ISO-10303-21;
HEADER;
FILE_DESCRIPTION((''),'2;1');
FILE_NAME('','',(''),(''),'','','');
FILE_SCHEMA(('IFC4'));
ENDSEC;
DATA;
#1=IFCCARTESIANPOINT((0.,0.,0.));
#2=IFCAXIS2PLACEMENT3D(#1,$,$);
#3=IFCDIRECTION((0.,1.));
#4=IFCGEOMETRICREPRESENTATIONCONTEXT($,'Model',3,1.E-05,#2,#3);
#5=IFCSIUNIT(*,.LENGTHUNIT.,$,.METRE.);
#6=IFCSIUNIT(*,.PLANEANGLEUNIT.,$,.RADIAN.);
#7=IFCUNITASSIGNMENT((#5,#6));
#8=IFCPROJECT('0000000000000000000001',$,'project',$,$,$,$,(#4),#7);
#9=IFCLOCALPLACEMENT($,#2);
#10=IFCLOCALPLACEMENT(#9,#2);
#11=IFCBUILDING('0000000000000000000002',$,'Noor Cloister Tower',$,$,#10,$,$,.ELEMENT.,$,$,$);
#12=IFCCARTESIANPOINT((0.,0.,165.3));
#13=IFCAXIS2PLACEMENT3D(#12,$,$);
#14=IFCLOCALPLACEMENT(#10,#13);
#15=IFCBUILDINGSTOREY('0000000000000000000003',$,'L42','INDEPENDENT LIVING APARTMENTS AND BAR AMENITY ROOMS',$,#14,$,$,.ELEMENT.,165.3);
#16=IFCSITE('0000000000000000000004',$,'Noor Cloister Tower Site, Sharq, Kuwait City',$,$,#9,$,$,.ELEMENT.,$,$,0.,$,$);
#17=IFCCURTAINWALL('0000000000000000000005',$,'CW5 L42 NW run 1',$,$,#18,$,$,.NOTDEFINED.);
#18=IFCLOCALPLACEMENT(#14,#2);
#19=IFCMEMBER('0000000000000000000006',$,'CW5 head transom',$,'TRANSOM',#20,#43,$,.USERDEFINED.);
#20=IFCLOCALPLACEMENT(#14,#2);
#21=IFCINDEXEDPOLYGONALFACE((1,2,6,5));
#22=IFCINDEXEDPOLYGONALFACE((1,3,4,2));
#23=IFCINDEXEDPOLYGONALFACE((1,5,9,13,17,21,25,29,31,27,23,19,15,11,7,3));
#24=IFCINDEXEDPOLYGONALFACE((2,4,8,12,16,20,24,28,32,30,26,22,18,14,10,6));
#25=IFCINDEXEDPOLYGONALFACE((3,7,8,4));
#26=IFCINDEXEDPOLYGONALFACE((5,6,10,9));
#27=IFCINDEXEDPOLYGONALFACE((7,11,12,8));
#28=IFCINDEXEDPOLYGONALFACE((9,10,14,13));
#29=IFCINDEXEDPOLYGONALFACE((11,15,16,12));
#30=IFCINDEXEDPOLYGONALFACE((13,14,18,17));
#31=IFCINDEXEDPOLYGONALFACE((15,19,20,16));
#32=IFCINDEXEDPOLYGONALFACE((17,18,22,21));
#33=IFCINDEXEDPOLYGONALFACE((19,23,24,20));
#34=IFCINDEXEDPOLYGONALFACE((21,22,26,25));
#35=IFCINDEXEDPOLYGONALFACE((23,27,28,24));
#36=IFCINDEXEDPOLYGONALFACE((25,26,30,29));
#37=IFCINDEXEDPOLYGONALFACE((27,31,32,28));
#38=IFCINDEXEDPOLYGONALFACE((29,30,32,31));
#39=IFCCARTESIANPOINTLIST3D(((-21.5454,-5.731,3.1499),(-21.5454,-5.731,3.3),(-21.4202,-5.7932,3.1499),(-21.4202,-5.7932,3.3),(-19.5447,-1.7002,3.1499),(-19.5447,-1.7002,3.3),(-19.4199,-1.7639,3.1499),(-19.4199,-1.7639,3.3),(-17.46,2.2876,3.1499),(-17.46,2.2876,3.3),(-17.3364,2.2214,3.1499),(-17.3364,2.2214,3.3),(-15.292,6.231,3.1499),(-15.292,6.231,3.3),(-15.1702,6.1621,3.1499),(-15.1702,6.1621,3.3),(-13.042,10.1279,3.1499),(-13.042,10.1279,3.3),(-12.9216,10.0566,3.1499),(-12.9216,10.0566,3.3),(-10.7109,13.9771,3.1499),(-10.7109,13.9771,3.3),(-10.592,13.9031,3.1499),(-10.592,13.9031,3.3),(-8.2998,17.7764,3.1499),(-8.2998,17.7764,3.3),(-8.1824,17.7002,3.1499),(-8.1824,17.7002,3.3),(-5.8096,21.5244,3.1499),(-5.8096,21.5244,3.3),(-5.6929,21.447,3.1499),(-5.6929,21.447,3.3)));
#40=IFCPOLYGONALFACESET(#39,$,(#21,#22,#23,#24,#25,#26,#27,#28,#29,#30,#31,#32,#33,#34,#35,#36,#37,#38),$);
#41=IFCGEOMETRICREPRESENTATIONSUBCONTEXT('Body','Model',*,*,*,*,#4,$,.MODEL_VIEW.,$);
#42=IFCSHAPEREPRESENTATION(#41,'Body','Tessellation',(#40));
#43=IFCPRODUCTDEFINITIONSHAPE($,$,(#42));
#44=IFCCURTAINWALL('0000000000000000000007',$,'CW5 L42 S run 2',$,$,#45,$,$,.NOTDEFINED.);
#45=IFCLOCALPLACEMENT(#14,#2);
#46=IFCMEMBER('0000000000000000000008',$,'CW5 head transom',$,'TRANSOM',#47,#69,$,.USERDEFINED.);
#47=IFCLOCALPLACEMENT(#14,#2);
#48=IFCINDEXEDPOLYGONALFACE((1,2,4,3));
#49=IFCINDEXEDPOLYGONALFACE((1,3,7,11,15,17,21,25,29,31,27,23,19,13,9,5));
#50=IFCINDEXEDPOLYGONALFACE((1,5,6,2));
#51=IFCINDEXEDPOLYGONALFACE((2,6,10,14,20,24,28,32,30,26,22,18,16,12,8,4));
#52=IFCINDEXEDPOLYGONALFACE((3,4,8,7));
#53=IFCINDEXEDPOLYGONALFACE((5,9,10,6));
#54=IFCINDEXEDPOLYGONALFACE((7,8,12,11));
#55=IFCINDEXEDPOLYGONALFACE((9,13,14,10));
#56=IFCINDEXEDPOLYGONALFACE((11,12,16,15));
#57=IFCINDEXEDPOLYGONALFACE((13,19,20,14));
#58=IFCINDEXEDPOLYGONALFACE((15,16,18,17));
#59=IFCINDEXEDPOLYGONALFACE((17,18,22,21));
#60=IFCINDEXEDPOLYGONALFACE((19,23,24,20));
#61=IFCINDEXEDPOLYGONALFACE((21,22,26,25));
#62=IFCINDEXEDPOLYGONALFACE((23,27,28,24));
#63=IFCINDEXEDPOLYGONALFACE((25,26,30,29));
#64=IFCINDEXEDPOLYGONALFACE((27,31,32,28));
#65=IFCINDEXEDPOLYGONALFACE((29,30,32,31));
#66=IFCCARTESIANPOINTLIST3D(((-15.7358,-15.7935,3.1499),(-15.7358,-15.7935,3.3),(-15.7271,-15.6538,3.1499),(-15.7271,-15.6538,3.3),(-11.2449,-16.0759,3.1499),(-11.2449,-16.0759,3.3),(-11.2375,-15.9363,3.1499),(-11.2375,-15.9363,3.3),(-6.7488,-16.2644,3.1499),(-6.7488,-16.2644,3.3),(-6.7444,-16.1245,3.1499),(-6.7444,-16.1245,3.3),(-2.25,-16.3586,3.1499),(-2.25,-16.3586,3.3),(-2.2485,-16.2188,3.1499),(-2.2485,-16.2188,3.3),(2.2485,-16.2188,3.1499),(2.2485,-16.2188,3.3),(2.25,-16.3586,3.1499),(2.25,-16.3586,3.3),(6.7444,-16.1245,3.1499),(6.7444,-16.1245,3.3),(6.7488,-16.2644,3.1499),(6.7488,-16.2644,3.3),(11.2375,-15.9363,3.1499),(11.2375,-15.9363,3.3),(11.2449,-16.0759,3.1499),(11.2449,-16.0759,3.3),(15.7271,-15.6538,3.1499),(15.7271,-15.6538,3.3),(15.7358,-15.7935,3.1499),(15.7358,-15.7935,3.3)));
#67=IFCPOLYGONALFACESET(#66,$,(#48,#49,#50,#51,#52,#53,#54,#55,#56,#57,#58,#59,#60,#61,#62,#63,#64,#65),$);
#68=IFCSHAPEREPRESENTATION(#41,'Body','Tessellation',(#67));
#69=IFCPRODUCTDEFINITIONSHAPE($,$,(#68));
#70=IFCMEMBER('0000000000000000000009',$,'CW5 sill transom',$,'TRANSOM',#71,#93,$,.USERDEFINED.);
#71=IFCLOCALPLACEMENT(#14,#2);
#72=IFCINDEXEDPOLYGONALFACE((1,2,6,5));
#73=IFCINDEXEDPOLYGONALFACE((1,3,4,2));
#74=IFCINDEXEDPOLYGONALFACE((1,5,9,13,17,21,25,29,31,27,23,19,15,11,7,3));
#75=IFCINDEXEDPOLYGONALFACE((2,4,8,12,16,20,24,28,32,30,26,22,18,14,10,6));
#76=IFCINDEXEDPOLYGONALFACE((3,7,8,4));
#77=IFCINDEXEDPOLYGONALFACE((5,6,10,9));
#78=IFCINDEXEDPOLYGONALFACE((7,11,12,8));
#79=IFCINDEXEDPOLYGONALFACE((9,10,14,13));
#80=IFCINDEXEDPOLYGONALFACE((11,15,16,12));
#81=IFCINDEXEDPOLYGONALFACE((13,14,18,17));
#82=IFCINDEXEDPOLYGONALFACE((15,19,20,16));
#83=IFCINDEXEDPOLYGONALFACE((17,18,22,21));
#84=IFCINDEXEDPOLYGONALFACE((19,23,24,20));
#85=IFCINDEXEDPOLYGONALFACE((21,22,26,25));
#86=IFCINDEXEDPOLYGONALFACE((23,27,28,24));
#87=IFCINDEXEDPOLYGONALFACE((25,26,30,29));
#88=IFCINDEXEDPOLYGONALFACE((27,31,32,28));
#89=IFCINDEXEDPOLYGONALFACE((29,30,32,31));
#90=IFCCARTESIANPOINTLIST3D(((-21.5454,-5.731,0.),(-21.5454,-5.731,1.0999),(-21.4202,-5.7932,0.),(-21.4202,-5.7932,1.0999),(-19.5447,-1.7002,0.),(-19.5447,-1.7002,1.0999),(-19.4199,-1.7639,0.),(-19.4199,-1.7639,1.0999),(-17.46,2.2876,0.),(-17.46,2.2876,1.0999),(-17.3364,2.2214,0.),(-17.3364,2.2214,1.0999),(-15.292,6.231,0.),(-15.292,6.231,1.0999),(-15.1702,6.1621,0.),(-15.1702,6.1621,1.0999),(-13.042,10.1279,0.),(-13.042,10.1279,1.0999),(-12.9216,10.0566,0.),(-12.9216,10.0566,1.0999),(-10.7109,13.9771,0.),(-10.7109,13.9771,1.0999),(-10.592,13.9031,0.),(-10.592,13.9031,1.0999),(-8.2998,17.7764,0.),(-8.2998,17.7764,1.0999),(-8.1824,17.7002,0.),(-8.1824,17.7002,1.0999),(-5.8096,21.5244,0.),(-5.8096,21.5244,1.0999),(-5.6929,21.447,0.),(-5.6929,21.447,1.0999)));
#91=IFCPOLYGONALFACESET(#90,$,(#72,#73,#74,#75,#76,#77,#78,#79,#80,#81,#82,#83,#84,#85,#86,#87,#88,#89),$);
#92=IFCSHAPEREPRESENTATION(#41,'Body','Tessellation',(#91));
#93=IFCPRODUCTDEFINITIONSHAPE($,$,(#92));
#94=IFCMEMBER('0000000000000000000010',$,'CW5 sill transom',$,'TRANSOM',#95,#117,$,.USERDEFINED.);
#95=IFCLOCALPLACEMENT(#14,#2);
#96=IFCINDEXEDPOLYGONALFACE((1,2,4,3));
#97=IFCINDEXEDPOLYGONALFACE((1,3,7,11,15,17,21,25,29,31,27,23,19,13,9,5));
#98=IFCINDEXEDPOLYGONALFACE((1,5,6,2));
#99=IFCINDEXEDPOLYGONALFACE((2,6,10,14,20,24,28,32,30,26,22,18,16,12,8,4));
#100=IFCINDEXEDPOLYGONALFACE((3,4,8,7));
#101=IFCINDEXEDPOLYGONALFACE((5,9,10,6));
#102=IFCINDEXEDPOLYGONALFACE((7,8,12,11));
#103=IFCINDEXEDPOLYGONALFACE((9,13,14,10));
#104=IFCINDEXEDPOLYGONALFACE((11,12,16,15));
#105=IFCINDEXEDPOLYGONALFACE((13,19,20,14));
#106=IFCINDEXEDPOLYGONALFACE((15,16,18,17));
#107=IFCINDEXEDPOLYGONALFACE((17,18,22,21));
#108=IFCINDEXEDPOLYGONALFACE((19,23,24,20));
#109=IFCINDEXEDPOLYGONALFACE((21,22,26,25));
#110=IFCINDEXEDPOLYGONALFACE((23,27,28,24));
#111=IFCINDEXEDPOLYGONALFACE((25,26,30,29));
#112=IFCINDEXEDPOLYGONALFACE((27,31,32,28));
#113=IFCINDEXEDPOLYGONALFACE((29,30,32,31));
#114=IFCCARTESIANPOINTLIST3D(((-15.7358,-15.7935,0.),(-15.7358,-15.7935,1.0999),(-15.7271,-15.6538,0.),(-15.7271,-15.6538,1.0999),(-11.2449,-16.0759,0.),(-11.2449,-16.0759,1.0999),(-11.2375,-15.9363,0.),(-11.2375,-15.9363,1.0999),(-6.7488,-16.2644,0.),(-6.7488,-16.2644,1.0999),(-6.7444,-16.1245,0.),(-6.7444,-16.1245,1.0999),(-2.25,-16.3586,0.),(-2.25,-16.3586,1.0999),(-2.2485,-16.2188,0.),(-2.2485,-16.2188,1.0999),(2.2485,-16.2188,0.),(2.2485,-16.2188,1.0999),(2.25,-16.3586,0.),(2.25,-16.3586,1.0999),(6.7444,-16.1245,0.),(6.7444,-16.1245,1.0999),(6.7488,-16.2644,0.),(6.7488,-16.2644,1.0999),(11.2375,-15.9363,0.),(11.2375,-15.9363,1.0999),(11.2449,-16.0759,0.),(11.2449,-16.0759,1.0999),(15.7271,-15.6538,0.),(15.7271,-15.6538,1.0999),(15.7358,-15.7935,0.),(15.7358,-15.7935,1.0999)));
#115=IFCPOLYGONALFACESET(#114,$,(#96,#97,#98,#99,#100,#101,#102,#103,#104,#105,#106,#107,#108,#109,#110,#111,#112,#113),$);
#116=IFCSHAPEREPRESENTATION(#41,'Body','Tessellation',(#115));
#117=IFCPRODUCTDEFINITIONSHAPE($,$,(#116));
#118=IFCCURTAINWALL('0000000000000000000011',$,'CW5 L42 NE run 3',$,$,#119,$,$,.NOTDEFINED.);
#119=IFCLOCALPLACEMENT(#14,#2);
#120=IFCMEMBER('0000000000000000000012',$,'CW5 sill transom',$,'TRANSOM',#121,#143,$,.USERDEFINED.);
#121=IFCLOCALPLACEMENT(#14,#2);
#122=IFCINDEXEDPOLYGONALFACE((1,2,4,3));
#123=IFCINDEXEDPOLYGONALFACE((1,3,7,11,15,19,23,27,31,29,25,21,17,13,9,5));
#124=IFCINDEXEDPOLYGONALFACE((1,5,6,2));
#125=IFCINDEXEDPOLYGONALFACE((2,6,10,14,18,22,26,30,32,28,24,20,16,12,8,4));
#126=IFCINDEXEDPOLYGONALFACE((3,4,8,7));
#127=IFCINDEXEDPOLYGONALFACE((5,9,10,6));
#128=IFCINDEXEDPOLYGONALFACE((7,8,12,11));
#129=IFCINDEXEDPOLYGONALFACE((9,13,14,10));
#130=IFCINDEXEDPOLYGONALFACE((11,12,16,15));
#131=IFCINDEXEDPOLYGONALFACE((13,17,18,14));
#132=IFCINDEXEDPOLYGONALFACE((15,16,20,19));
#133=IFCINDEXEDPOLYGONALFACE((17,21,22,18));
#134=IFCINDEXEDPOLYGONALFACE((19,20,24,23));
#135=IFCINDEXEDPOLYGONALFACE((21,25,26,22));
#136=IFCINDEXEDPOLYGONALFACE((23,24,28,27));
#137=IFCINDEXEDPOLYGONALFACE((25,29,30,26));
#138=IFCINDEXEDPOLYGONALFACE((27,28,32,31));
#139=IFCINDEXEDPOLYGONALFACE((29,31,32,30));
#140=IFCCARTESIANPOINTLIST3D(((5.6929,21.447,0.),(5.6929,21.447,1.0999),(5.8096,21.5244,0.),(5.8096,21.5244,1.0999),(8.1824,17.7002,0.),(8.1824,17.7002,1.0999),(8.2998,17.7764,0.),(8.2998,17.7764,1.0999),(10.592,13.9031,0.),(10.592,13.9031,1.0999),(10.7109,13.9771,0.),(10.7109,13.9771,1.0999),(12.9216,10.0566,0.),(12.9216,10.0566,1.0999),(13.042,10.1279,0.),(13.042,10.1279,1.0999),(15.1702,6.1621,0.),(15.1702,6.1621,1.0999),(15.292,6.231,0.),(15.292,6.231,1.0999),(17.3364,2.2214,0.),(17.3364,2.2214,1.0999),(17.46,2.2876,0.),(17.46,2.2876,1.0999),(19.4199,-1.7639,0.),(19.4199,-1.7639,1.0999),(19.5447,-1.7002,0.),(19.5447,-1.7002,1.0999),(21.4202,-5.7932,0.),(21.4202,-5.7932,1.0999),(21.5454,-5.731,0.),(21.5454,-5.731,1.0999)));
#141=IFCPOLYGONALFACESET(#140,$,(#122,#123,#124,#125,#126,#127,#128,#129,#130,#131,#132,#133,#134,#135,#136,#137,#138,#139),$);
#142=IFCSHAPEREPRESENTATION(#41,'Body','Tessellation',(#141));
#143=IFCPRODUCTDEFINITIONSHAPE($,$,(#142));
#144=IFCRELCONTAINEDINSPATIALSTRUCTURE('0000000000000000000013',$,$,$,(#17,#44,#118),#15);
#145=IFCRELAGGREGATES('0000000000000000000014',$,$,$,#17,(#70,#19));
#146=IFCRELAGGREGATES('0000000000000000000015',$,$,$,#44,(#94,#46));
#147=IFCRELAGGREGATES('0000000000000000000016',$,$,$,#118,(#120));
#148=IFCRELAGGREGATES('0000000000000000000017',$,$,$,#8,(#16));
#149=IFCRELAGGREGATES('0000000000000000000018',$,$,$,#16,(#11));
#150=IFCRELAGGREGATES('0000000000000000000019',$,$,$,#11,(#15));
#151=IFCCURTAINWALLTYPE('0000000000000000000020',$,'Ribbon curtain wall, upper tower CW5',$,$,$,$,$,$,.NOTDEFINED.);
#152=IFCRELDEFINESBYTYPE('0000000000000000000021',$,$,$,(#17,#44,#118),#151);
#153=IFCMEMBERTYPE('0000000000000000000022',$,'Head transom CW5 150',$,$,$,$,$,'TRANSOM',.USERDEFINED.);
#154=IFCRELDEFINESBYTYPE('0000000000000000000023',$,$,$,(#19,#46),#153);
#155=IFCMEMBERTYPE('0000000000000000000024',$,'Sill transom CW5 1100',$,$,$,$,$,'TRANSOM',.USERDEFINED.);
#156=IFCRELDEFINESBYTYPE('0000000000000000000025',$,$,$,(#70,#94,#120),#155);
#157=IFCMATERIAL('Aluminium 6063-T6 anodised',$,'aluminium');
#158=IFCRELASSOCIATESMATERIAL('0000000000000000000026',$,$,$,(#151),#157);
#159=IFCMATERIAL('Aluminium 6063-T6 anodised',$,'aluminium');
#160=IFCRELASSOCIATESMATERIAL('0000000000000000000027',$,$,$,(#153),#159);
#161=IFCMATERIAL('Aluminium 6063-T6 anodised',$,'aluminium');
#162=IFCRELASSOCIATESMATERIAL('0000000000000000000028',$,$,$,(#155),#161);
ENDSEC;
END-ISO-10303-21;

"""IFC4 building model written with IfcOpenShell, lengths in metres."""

from ifc_helpers import new_model, si_unit, direction, frame, origin, place, context, subcontext, project, spatial, polyline, outline, extrude, material, type_object, element, aggregate, save


model = new_model("IFC4")

# Units and contexts
model_context = context("Model", 3, precision=1e-05, world=origin(), true_north=direction((0.0, 1.0)))
body_context = subcontext(model_context, "Body", "Model", "MODEL_VIEW")
ifc_project = project(units=[si_unit("LENGTHUNIT", "METRE"), si_unit("PLANEANGLEUNIT", "RADIAN")], contexts=[model_context])

# Site, building, storey
site_placement = place(None, origin())
site = spatial("IfcSite", under=ifc_project, at=site_placement, Name="Noor Cloister Tower Site, Sharq, Kuwait City", CompositionType="ELEMENT", RefElevation=0.0)
building_placement = place(site_placement, origin())
building = spatial("IfcBuilding", under=site, at=building_placement, Name="Noor Cloister Tower", CompositionType="ELEMENT")
storey_placement = place(building_placement, frame((0.0, 0.0, 165.3)))
storey = spatial("IfcBuildingStorey", under=building, at=storey_placement, Name="L42", Description="INDEPENDENT LIVING APARTMENTS AND BAR AMENITY ROOMS", CompositionType="ELEMENT", Elevation=165.3)

# Curtain walls, members
ifc_material_1 = material(Name="Aluminium 6063-T6 anodised", Category="aluminium")
curtain_wall_type = type_object("IfcCurtainWallType", Name="Ribbon curtain wall, upper tower CW5", PredefinedType="NOTDEFINED", material=ifc_material_1)
curtain_wall_1_placement = place(storey_placement, origin())
curtain_wall_1 = element("IfcCurtainWall", 1, at=curtain_wall_1_placement, inside=storey, type_object=curtain_wall_type, Name="CW5 L42 NW run 1", PredefinedType="NOTDEFINED")
ifc_material_2 = material(Name="Aluminium 6063-T6 anodised", Category="aluminium")
member_type_1 = type_object("IfcMemberType", Name="Head transom CW5 150", ElementType="TRANSOM", PredefinedType="USERDEFINED", material=ifc_material_2)
member_1_placement = place(storey_placement, frame((0.0, 0.0, 3.1499)))
member_1 = element("IfcMember", 2, at=member_1_placement, type_object=member_type_1, Name="CW5 head transom", ObjectType="TRANSOM", PredefinedType="USERDEFINED", context=body_context, shape_type="SweptSolid", body=[
    extrude(outline(polyline([(-5.8096, 21.5244), (-8.2998, 17.7764), (-10.7109, 13.9771), (-13.042, 10.1279), (-15.292, 6.231), (-17.46, 2.2876), (-19.5447, -1.7002), (-21.5454, -5.731), (-21.4202, -5.7932), (-19.4199, -1.7639), (-17.3364, 2.2214), (-15.1702, 6.1621), (-12.9216, 10.0566), (-10.592, 13.9031), (-8.1824, 17.7002), (-5.6929, 21.447), (-5.8096, 21.5244)])), origin(), (0.0, 0.0, 1.0), 0.1501),
])
curtain_wall_2_placement = place(storey_placement, origin())
curtain_wall_2 = element("IfcCurtainWall", 3, at=curtain_wall_2_placement, inside=storey, type_object=curtain_wall_type, Name="CW5 L42 S run 2", PredefinedType="NOTDEFINED")
member_2_placement = place(storey_placement, frame((0.0, 0.0, 3.1499)))
member_2 = element("IfcMember", 4, at=member_2_placement, type_object=member_type_1, Name="CW5 head transom", ObjectType="TRANSOM", PredefinedType="USERDEFINED", context=body_context, shape_type="SweptSolid", body=[
    extrude(outline(polyline([(-15.7358, -15.7935), (-11.2449, -16.0759), (-6.7488, -16.2644), (-2.25, -16.3586), (2.25, -16.3586), (6.7488, -16.2644), (11.2449, -16.0759), (15.7358, -15.7935), (15.7271, -15.6538), (11.2375, -15.9363), (6.7444, -16.1245), (2.2485, -16.2188), (-2.2485, -16.2188), (-6.7444, -16.1245), (-11.2375, -15.9363), (-15.7271, -15.6538), (-15.7358, -15.7935)])), origin(), (0.0, 0.0, 1.0), 0.1501),
])

# Members
ifc_material_3 = material(Name="Aluminium 6063-T6 anodised", Category="aluminium")
member_type_2 = type_object("IfcMemberType", Name="Sill transom CW5 1100", ElementType="TRANSOM", PredefinedType="USERDEFINED", material=ifc_material_3)
member_3_placement = place(storey_placement, origin())
member_3 = element("IfcMember", 5, at=member_3_placement, type_object=member_type_2, Name="CW5 sill transom", ObjectType="TRANSOM", PredefinedType="USERDEFINED", context=body_context, shape_type="SweptSolid", body=[
    extrude(outline(polyline([(-5.8096, 21.5244), (-8.2998, 17.7764), (-10.7109, 13.9771), (-13.042, 10.1279), (-15.292, 6.231), (-17.46, 2.2876), (-19.5447, -1.7002), (-21.5454, -5.731), (-21.4202, -5.7932), (-19.4199, -1.7639), (-17.3364, 2.2214), (-15.1702, 6.1621), (-12.9216, 10.0566), (-10.592, 13.9031), (-8.1824, 17.7002), (-5.6929, 21.447), (-5.8096, 21.5244)])), origin(), (0.0, 0.0, 1.0), 1.0999),
])
aggregate(curtain_wall_1, [member_3, member_1])
member_4_placement = place(storey_placement, origin())
member_4 = element("IfcMember", 6, at=member_4_placement, type_object=member_type_2, Name="CW5 sill transom", ObjectType="TRANSOM", PredefinedType="USERDEFINED", context=body_context, shape_type="SweptSolid", body=[
    extrude(outline(polyline([(-15.7358, -15.7935), (-11.2449, -16.0759), (-6.7488, -16.2644), (-2.25, -16.3586), (2.25, -16.3586), (6.7488, -16.2644), (11.2449, -16.0759), (15.7358, -15.7935), (15.7271, -15.6538), (11.2375, -15.9363), (6.7444, -16.1245), (2.2485, -16.2188), (-2.2485, -16.2188), (-6.7444, -16.1245), (-11.2375, -15.9363), (-15.7271, -15.6538), (-15.7358, -15.7935)])), origin(), (0.0, 0.0, 1.0), 1.0999),
])
aggregate(curtain_wall_2, [member_4, member_2])

# Curtain wall, member
curtain_wall_3_placement = place(storey_placement, origin())
curtain_wall_3 = element("IfcCurtainWall", 7, at=curtain_wall_3_placement, inside=storey, type_object=curtain_wall_type, Name="CW5 L42 NE run 3", PredefinedType="NOTDEFINED")
member_5_placement = place(storey_placement, origin())
member_5 = element("IfcMember", 8, at=member_5_placement, type_object=member_type_2, Name="CW5 sill transom", ObjectType="TRANSOM", PredefinedType="USERDEFINED", context=body_context, shape_type="SweptSolid", body=[
    extrude(outline(polyline([(21.5454, -5.731), (19.5447, -1.7002), (17.46, 2.2876), (15.292, 6.231), (13.042, 10.1279), (10.7109, 13.9771), (8.2998, 17.7764), (5.8096, 21.5244), (5.6929, 21.447), (8.1824, 17.7002), (10.592, 13.9031), (12.9216, 10.0566), (15.1702, 6.1621), (17.3364, 2.2214), (19.4199, -1.7639), (21.4202, -5.7932), (21.5454, -5.731)])), origin(), (0.0, 0.0, 1.0), 1.0999),
])
aggregate(curtain_wall_3, [member_5])

save(model, "model.ifc")
